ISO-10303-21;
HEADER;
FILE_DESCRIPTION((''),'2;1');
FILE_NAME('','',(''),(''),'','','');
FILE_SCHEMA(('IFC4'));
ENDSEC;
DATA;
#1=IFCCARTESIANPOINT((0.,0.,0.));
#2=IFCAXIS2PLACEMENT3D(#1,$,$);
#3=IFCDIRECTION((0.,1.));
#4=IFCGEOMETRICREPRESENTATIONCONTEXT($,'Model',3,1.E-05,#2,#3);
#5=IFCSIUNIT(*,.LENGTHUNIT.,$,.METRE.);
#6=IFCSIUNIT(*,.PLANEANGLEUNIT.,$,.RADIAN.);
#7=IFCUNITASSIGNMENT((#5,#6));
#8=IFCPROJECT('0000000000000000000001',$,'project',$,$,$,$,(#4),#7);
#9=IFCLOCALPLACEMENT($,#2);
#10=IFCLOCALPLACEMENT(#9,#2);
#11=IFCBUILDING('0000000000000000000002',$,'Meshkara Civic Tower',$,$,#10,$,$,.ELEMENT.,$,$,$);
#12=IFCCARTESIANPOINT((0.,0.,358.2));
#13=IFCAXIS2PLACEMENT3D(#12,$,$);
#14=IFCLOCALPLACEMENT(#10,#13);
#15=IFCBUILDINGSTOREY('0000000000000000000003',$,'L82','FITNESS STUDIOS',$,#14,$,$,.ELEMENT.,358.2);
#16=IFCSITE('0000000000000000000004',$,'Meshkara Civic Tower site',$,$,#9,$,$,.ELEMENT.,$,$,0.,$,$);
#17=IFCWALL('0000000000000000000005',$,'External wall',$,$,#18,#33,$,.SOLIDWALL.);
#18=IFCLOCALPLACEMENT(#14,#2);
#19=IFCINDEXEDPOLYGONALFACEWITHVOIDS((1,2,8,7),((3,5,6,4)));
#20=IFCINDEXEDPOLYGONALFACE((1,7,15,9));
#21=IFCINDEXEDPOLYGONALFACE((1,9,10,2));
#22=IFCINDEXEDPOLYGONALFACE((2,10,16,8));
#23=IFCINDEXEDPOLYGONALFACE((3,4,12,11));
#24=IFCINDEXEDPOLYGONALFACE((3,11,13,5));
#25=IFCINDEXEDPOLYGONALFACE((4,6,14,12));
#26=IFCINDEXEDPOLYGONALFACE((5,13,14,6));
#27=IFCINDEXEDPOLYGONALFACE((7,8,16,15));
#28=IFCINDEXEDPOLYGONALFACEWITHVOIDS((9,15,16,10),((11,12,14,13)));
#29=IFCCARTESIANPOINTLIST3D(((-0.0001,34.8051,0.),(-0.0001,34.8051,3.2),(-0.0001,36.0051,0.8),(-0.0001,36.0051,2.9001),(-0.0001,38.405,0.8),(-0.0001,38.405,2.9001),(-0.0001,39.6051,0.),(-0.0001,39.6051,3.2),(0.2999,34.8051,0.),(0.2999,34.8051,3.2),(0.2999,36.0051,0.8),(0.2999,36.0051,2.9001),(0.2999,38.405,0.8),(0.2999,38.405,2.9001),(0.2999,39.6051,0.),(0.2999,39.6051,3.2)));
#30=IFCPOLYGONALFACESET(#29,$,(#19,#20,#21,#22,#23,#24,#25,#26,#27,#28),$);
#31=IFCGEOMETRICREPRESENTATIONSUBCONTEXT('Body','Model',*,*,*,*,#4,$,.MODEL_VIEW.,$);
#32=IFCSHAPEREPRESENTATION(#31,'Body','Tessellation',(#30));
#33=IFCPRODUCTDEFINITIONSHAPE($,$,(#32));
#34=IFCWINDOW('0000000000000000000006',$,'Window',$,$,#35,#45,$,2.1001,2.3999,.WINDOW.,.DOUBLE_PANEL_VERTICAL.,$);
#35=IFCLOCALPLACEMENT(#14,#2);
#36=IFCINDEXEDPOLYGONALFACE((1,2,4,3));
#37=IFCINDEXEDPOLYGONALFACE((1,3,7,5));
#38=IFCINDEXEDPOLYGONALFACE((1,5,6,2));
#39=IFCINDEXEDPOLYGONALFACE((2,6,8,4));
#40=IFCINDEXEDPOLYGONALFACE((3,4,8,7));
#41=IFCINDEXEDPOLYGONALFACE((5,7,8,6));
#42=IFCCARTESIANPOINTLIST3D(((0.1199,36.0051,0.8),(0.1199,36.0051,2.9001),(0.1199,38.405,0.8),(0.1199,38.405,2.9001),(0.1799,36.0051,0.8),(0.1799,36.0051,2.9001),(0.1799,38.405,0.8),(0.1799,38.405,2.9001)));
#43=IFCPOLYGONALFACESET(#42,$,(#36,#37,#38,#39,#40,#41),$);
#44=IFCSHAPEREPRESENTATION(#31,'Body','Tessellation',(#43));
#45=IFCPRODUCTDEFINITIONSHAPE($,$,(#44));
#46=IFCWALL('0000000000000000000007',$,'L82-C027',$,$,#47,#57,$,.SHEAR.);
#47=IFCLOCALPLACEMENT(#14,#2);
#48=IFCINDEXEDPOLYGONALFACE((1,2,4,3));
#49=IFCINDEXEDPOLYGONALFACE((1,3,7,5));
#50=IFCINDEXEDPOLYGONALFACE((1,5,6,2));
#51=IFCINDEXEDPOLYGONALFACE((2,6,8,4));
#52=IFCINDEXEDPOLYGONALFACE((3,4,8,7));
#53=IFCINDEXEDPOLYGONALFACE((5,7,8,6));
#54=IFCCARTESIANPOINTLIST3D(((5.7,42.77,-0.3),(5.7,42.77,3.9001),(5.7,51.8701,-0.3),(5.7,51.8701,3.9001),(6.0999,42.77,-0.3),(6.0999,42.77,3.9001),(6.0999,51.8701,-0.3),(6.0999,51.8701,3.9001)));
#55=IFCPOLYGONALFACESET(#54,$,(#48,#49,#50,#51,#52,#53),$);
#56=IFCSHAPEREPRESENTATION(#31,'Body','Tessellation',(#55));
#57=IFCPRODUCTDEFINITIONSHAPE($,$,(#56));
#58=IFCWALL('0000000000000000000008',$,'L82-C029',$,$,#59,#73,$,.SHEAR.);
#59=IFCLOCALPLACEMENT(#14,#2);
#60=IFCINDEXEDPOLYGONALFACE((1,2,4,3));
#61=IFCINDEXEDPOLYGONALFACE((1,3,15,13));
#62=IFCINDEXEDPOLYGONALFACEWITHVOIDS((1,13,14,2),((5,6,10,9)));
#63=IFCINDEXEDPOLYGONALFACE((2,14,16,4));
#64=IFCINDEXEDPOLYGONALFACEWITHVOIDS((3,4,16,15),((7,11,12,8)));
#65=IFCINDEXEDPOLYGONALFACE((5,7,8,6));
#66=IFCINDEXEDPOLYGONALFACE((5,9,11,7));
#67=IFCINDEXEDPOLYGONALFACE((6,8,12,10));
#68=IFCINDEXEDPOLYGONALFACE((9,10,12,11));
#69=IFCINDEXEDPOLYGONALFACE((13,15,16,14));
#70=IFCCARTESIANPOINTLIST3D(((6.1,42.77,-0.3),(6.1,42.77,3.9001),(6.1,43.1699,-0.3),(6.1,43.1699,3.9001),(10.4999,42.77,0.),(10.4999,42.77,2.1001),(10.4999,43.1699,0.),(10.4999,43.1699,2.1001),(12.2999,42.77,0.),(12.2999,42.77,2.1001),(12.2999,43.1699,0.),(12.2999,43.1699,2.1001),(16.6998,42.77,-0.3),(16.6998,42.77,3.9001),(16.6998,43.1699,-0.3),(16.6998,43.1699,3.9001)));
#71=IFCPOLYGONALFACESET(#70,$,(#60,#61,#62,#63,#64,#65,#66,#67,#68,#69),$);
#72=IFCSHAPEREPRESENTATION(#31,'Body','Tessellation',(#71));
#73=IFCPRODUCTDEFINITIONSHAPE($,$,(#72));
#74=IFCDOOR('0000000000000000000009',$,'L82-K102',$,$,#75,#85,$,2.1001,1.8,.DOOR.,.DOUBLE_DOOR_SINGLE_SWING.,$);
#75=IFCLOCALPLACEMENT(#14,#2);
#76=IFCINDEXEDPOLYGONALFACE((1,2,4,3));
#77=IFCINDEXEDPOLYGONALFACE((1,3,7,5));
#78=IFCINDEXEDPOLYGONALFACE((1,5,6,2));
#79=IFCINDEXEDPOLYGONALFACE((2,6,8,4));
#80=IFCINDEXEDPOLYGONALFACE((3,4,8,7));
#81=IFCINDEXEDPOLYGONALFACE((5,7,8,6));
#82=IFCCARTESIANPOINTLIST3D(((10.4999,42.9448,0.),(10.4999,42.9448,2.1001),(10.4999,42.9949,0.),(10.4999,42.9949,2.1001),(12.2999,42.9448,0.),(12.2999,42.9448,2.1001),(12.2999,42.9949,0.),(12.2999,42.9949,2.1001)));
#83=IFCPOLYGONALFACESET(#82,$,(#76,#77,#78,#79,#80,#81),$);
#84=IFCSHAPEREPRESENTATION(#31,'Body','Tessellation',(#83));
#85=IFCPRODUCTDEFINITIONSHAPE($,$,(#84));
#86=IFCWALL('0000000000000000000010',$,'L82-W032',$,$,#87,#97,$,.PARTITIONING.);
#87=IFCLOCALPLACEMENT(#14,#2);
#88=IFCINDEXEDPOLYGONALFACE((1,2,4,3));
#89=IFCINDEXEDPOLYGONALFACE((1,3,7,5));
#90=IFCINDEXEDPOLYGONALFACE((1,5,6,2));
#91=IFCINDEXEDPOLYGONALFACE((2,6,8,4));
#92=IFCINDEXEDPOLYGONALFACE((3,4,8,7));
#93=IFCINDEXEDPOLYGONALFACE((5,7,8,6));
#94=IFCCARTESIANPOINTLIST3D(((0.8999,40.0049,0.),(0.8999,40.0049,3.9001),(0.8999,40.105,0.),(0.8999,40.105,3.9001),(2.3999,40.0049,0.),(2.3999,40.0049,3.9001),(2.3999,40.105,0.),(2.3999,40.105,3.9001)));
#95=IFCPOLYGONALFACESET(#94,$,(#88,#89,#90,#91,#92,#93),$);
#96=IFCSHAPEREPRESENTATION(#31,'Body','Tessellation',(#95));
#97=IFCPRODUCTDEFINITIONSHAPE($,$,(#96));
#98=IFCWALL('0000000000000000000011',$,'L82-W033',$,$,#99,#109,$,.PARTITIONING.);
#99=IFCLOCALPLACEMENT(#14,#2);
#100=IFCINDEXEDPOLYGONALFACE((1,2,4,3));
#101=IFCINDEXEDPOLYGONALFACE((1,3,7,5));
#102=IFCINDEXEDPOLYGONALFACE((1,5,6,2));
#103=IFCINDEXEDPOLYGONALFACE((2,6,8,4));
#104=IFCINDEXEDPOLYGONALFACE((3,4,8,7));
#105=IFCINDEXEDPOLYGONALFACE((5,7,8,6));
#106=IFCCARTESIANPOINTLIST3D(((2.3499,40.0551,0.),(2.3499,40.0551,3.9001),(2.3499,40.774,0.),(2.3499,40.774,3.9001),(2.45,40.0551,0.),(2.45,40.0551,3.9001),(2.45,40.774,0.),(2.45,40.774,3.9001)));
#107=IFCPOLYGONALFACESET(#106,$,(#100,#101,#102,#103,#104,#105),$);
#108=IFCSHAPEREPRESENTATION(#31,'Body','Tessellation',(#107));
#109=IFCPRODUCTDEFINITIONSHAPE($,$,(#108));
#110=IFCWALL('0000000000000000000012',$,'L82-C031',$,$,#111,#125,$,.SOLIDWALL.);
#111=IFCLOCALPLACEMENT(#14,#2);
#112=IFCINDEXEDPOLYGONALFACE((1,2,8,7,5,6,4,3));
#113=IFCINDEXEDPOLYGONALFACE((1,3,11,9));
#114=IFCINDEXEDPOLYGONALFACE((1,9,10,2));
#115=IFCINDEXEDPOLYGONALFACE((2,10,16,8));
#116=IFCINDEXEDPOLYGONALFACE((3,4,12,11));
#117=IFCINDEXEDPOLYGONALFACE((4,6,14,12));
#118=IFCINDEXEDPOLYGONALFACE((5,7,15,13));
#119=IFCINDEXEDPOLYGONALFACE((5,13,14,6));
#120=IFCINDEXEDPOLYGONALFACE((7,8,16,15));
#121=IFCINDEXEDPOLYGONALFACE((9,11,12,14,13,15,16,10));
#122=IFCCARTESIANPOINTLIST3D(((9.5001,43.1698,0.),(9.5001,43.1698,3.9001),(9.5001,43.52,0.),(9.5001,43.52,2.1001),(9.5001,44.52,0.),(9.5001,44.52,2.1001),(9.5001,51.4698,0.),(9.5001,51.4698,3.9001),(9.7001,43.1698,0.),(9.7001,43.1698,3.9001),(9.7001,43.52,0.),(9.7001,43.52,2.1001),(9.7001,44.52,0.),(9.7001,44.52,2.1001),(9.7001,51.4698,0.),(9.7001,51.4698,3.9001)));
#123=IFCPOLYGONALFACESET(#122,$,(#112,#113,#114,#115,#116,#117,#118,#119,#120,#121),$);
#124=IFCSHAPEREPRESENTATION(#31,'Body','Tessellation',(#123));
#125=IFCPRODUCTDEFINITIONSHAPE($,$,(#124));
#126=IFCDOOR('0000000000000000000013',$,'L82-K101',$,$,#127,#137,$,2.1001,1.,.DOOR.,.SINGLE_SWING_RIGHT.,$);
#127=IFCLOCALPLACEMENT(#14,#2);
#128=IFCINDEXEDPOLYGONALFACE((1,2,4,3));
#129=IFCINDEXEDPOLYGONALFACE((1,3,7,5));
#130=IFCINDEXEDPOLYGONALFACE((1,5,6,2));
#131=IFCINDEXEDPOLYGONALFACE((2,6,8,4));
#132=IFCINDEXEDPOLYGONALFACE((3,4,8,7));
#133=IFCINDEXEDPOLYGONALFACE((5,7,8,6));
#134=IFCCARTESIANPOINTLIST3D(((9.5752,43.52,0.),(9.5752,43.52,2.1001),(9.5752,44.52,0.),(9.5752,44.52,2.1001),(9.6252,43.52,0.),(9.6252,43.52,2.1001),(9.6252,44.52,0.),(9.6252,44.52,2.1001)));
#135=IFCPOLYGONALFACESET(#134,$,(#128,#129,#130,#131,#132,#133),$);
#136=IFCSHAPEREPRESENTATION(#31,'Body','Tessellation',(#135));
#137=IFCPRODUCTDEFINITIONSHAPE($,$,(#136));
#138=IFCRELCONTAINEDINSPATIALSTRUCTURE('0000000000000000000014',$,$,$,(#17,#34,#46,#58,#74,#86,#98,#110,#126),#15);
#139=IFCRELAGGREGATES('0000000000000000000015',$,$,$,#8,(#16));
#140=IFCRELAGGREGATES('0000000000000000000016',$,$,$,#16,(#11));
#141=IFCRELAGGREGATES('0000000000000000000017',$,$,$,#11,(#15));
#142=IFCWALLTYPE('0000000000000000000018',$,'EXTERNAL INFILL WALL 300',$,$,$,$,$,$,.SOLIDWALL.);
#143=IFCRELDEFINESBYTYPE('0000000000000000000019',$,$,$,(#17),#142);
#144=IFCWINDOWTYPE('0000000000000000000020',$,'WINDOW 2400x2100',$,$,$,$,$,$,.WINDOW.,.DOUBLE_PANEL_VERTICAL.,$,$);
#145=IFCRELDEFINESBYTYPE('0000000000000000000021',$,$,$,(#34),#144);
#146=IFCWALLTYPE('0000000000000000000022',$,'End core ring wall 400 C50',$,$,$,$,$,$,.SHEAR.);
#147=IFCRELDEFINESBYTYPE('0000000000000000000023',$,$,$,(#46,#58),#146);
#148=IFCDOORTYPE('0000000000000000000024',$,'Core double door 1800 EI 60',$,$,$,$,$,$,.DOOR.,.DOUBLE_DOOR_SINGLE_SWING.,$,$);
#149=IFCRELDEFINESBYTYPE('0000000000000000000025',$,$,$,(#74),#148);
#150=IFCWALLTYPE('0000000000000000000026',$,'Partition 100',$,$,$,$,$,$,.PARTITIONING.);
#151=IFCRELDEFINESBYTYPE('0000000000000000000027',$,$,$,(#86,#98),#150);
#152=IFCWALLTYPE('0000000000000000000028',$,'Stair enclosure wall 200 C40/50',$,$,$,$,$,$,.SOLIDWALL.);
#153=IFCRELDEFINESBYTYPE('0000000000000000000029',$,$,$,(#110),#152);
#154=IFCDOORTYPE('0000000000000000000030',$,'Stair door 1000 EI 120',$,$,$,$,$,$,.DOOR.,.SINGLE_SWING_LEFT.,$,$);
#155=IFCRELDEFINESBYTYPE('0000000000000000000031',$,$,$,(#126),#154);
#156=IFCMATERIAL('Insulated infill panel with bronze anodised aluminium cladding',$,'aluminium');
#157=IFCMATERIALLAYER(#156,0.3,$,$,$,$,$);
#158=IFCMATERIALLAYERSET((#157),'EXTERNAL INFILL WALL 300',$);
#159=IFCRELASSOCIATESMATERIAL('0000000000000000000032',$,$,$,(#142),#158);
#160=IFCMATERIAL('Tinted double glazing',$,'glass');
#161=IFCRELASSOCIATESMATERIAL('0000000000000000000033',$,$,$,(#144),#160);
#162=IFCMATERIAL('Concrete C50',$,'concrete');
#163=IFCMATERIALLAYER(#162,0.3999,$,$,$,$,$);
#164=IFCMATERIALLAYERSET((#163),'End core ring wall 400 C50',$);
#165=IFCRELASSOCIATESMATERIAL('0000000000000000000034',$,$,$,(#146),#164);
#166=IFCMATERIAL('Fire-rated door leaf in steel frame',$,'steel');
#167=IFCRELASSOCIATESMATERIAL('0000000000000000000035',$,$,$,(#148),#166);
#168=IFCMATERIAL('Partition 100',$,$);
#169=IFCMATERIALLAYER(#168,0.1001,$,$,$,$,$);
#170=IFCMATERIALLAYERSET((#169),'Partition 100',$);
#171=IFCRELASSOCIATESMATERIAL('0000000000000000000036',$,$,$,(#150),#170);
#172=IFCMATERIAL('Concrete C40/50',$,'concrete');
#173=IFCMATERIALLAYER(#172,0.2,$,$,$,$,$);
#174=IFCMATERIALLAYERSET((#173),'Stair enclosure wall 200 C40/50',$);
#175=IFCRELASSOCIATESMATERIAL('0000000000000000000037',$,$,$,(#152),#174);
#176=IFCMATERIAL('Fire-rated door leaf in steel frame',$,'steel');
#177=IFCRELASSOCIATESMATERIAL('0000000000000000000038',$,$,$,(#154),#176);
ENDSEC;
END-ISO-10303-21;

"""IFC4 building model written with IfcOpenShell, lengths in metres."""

from ifc_helpers import new_model, si_unit, direction, frame, frame_2d, origin, place, context, subcontext, project, spatial, rectangle, extrude, material, layer, layer_set, type_object, element, fill, save


model = new_model("IFC4")

# Units and contexts
model_context = context("Model", 3, precision=1e-05, world=origin(), true_north=direction((0.0, 1.0)))
body_context = subcontext(model_context, "Body", "Model", "MODEL_VIEW")
ifc_project = project(units=[si_unit("LENGTHUNIT", "METRE"), si_unit("PLANEANGLEUNIT", "RADIAN")], contexts=[model_context])

# Site, building, storey
site_placement = place(None, origin())
site = spatial("IfcSite", under=ifc_project, at=site_placement, Name="Meshkara Civic Tower site", CompositionType="ELEMENT", RefElevation=0.0)
building_placement = place(site_placement, origin())
building = spatial("IfcBuilding", under=site, at=building_placement, Name="Meshkara Civic Tower", CompositionType="ELEMENT")
storey_placement = place(building_placement, frame((0.0, 0.0, 358.2)))
storey = spatial("IfcBuildingStorey", under=building, at=storey_placement, Name="L82", Description="FITNESS STUDIOS", CompositionType="ELEMENT", Elevation=358.2)

# Wall, opening, window
ifc_material_1 = material(Name="Insulated infill panel with bronze anodised aluminium cladding", Category="aluminium")
ifc_layer_1 = layer(ifc_material_1, 0.3)
ifc_layer_set_1 = layer_set([ifc_layer_1], Name="EXTERNAL INFILL WALL 300")
wall_type_1 = type_object("IfcWallType", Name="EXTERNAL INFILL WALL 300", PredefinedType="SOLIDWALL", material=ifc_layer_set_1)
wall_1_placement = place(storey_placement, frame((0.1499, 39.605, 0.0), z_axis=(0.0, 0.0, 1.0), x_axis=(0.0, -1.0, 0.0)))
wall_1 = element("IfcWall", 1, at=wall_1_placement, inside=storey, type_object=wall_type_1, Name="External wall", PredefinedType="SOLIDWALL", context=body_context, shape_type="SweptSolid", body=[
    extrude(rectangle(XDim=4.8, YDim=0.3, at=frame_2d((2.3999, 0.0))), origin(), (0.0, 0.0, 1.0), 3.2),
])
opening_1_placement = place(wall_1_placement, frame((1.2, 0.0, 0.8)))
opening_1 = element("IfcOpeningElement", 2, at=opening_1_placement, cuts=wall_1, PredefinedType="OPENING", context=body_context, shape_type="SweptSolid", body=[
    extrude(rectangle(XDim=2.3999, YDim=2.1001, at=frame_2d((1.2, 1.05))), frame((0.0, 0.1599, 0.0), z_axis=(0.0, -1.0, 0.0), x_axis=(1.0, 0.0, 0.0)), (0.0, 0.0, 1.0), 0.3201),
])
ifc_material_2 = material(Name="Tinted double glazing", Category="glass")
window_type = type_object("IfcWindowType", Name="WINDOW 2400x2100", PartitioningType="DOUBLE_PANEL_VERTICAL", PredefinedType="WINDOW", material=ifc_material_2)
window_placement = place(opening_1_placement, origin())
window = element("IfcWindow", 3, at=window_placement, inside=storey, type_object=window_type, Name="Window", OverallHeight=2.1001, OverallWidth=2.3999, PartitioningType="DOUBLE_PANEL_VERTICAL", PredefinedType="WINDOW", context=body_context, shape_type="SweptSolid", body=[
    extrude(rectangle(XDim=2.3999, YDim=2.1001, at=frame_2d((1.2, 1.05))), frame((0.0, 0.03, 0.0), z_axis=(0.0, -1.0, 0.0), x_axis=(1.0, 0.0, 0.0)), (0.0, 0.0, 1.0), 0.0601),
])
fill(opening_1, window)

# Wall
ifc_material_3 = material(Name="Concrete C50", Category="concrete")
ifc_layer_2 = layer(ifc_material_3, 0.3999)
ifc_layer_set_2 = layer_set([ifc_layer_2], Name="End core ring wall 400 C50")
wall_type_2 = type_object("IfcWallType", Name="End core ring wall 400 C50", PredefinedType="SHEAR", material=ifc_layer_set_2)
wall_2_placement = place(storey_placement, frame((5.8999, 42.77, -0.3), z_axis=(0.0, 0.0, 1.0), x_axis=(0.0, 1.0, 0.0)))
element("IfcWall", 4, at=wall_2_placement, inside=storey, type_object=wall_type_2, Name="L82-C027", PredefinedType="SHEAR", context=body_context, shape_type="SweptSolid", body=[
    extrude(rectangle(XDim=9.1001, YDim=0.3999, at=frame_2d((4.55, 0.0))), origin(), (0.0, 0.0, 1.0), 4.2002),
])

# Wall, opening, door
wall_3_placement = place(storey_placement, frame((6.1001, 42.97, -0.3), z_axis=(0.0, 0.0, 1.0), x_axis=(1.0, 0.0, 0.0)))
wall_3 = element("IfcWall", 5, at=wall_3_placement, inside=storey, type_object=wall_type_2, Name="L82-C029", PredefinedType="SHEAR", context=body_context, shape_type="SweptSolid", body=[
    extrude(rectangle(XDim=10.5999, YDim=0.3999, at=frame_2d((5.2998, 0.0))), origin(), (0.0, 0.0, 1.0), 4.2002),
])
opening_2_placement = place(wall_3_placement, frame((4.3999, 0.0, 0.3)))
opening_2 = element("IfcOpeningElement", 6, at=opening_2_placement, cuts=wall_3, PredefinedType="OPENING", context=body_context, shape_type="SweptSolid", body=[
    extrude(rectangle(XDim=1.8, YDim=2.1001, at=frame_2d((0.8999, 1.05))), frame((0.0, 0.21, 0.0), z_axis=(0.0, -1.0, 0.0), x_axis=(1.0, 0.0, 0.0)), (0.0, 0.0, 1.0), 0.4199),
])
ifc_material_4 = material(Name="Fire-rated door leaf in steel frame", Category="steel")
door_type_1 = type_object("IfcDoorType", Name="Core double door 1800 EI 60", OperationType="DOUBLE_DOOR_SINGLE_SWING", PredefinedType="DOOR", material=ifc_material_4)
door_1_placement = place(opening_2_placement, origin())
door_1 = element("IfcDoor", 7, at=door_1_placement, inside=storey, type_object=door_type_1, Name="L82-K102", OperationType="DOUBLE_DOOR_SINGLE_SWING", OverallHeight=2.1001, OverallWidth=1.8, PredefinedType="DOOR", context=body_context, shape_type="SweptSolid", body=[
    extrude(rectangle(XDim=1.8, YDim=2.1001, at=frame_2d((0.8999, 1.05))), frame((0.0, 0.0249, 0.0), z_axis=(0.0, -1.0, 0.0), x_axis=(1.0, 0.0, 0.0)), (0.0, 0.0, 1.0), 0.05),
])
fill(opening_2, door_1)

# Walls
ifc_material_5 = material(Name="Partition 100")
ifc_layer_3 = layer(ifc_material_5, 0.1001)
ifc_layer_set_3 = layer_set([ifc_layer_3], Name="Partition 100")
wall_type_3 = type_object("IfcWallType", Name="Partition 100", PredefinedType="PARTITIONING", material=ifc_layer_set_3)
wall_4_placement = place(storey_placement, frame((2.3999, 40.0549, 0.0), z_axis=(0.0, 0.0, 1.0), x_axis=(-1.0, 0.0, 0.0)))
element("IfcWall", 8, at=wall_4_placement, inside=storey, type_object=wall_type_3, Name="L82-W032", PredefinedType="PARTITIONING", context=body_context, shape_type="SweptSolid", body=[
    extrude(rectangle(XDim=1.5, YDim=0.1001, at=frame_2d((0.75, 0.0))), origin(), (0.0, 0.0, 1.0), 3.9001),
])
wall_5_placement = place(storey_placement, frame((2.3999, 40.7739, 0.0), z_axis=(0.0, 0.0, 1.0), x_axis=(0.0, -1.0, 0.0)))
element("IfcWall", 9, at=wall_5_placement, inside=storey, type_object=wall_type_3, Name="L82-W033", PredefinedType="PARTITIONING", context=body_context, shape_type="SweptSolid", body=[
    extrude(rectangle(XDim=0.719, YDim=0.1001, at=frame_2d((0.3594, 0.0))), origin(), (0.0, 0.0, 1.0), 3.9001),
])

# Wall, opening, door
ifc_material_6 = material(Name="Concrete C40/50", Category="concrete")
ifc_layer_4 = layer(ifc_material_6, 0.2)
ifc_layer_set_4 = layer_set([ifc_layer_4], Name="Stair enclosure wall 200 C40/50")
wall_type_4 = type_object("IfcWallType", Name="Stair enclosure wall 200 C40/50", PredefinedType="SOLIDWALL", material=ifc_layer_set_4)
wall_6_placement = place(storey_placement, frame((9.6001, 43.1699, 0.0), z_axis=(0.0, 0.0, 1.0), x_axis=(0.0, 1.0, 0.0)))
wall_6 = element("IfcWall", 10, at=wall_6_placement, inside=storey, type_object=wall_type_4, Name="L82-C031", PredefinedType="SOLIDWALL", context=body_context, shape_type="SweptSolid", body=[
    extrude(rectangle(XDim=8.3, YDim=0.2, at=frame_2d((4.1499, 0.0))), origin(), (0.0, 0.0, 1.0), 3.9001),
])
opening_3_placement = place(wall_6_placement, frame((0.3501, 0.0, 0.0)))
opening_3 = element("IfcOpeningElement", 11, at=opening_3_placement, cuts=wall_6, PredefinedType="OPENING", context=body_context, shape_type="SweptSolid", body=[
    extrude(rectangle(XDim=1.0, YDim=2.1001, at=frame_2d((0.5, 1.05))), frame((0.0, 0.1099, 0.0), z_axis=(0.0, -1.0, 0.0), x_axis=(1.0, 0.0, 0.0)), (0.0, 0.0, 1.0), 0.22),
])
ifc_material_7 = material(Name="Fire-rated door leaf in steel frame", Category="steel")
door_type_2 = type_object("IfcDoorType", Name="Stair door 1000 EI 120", OperationType="SINGLE_SWING_LEFT", PredefinedType="DOOR", material=ifc_material_7)
door_2_placement = place(opening_3_placement, origin())
door_2 = element("IfcDoor", 12, at=door_2_placement, inside=storey, type_object=door_type_2, Name="L82-K101", OperationType="SINGLE_SWING_RIGHT", OverallHeight=2.1001, OverallWidth=1.0, PredefinedType="DOOR", context=body_context, shape_type="SweptSolid", body=[
    extrude(rectangle(XDim=1.0, YDim=2.1001, at=frame_2d((0.5, 1.05))), frame((0.0, 0.0249, 0.0), z_axis=(0.0, -1.0, 0.0), x_axis=(1.0, 0.0, 0.0)), (0.0, 0.0, 1.0), 0.05),
])
fill(opening_3, door_2)

save(model, "model.ifc")
